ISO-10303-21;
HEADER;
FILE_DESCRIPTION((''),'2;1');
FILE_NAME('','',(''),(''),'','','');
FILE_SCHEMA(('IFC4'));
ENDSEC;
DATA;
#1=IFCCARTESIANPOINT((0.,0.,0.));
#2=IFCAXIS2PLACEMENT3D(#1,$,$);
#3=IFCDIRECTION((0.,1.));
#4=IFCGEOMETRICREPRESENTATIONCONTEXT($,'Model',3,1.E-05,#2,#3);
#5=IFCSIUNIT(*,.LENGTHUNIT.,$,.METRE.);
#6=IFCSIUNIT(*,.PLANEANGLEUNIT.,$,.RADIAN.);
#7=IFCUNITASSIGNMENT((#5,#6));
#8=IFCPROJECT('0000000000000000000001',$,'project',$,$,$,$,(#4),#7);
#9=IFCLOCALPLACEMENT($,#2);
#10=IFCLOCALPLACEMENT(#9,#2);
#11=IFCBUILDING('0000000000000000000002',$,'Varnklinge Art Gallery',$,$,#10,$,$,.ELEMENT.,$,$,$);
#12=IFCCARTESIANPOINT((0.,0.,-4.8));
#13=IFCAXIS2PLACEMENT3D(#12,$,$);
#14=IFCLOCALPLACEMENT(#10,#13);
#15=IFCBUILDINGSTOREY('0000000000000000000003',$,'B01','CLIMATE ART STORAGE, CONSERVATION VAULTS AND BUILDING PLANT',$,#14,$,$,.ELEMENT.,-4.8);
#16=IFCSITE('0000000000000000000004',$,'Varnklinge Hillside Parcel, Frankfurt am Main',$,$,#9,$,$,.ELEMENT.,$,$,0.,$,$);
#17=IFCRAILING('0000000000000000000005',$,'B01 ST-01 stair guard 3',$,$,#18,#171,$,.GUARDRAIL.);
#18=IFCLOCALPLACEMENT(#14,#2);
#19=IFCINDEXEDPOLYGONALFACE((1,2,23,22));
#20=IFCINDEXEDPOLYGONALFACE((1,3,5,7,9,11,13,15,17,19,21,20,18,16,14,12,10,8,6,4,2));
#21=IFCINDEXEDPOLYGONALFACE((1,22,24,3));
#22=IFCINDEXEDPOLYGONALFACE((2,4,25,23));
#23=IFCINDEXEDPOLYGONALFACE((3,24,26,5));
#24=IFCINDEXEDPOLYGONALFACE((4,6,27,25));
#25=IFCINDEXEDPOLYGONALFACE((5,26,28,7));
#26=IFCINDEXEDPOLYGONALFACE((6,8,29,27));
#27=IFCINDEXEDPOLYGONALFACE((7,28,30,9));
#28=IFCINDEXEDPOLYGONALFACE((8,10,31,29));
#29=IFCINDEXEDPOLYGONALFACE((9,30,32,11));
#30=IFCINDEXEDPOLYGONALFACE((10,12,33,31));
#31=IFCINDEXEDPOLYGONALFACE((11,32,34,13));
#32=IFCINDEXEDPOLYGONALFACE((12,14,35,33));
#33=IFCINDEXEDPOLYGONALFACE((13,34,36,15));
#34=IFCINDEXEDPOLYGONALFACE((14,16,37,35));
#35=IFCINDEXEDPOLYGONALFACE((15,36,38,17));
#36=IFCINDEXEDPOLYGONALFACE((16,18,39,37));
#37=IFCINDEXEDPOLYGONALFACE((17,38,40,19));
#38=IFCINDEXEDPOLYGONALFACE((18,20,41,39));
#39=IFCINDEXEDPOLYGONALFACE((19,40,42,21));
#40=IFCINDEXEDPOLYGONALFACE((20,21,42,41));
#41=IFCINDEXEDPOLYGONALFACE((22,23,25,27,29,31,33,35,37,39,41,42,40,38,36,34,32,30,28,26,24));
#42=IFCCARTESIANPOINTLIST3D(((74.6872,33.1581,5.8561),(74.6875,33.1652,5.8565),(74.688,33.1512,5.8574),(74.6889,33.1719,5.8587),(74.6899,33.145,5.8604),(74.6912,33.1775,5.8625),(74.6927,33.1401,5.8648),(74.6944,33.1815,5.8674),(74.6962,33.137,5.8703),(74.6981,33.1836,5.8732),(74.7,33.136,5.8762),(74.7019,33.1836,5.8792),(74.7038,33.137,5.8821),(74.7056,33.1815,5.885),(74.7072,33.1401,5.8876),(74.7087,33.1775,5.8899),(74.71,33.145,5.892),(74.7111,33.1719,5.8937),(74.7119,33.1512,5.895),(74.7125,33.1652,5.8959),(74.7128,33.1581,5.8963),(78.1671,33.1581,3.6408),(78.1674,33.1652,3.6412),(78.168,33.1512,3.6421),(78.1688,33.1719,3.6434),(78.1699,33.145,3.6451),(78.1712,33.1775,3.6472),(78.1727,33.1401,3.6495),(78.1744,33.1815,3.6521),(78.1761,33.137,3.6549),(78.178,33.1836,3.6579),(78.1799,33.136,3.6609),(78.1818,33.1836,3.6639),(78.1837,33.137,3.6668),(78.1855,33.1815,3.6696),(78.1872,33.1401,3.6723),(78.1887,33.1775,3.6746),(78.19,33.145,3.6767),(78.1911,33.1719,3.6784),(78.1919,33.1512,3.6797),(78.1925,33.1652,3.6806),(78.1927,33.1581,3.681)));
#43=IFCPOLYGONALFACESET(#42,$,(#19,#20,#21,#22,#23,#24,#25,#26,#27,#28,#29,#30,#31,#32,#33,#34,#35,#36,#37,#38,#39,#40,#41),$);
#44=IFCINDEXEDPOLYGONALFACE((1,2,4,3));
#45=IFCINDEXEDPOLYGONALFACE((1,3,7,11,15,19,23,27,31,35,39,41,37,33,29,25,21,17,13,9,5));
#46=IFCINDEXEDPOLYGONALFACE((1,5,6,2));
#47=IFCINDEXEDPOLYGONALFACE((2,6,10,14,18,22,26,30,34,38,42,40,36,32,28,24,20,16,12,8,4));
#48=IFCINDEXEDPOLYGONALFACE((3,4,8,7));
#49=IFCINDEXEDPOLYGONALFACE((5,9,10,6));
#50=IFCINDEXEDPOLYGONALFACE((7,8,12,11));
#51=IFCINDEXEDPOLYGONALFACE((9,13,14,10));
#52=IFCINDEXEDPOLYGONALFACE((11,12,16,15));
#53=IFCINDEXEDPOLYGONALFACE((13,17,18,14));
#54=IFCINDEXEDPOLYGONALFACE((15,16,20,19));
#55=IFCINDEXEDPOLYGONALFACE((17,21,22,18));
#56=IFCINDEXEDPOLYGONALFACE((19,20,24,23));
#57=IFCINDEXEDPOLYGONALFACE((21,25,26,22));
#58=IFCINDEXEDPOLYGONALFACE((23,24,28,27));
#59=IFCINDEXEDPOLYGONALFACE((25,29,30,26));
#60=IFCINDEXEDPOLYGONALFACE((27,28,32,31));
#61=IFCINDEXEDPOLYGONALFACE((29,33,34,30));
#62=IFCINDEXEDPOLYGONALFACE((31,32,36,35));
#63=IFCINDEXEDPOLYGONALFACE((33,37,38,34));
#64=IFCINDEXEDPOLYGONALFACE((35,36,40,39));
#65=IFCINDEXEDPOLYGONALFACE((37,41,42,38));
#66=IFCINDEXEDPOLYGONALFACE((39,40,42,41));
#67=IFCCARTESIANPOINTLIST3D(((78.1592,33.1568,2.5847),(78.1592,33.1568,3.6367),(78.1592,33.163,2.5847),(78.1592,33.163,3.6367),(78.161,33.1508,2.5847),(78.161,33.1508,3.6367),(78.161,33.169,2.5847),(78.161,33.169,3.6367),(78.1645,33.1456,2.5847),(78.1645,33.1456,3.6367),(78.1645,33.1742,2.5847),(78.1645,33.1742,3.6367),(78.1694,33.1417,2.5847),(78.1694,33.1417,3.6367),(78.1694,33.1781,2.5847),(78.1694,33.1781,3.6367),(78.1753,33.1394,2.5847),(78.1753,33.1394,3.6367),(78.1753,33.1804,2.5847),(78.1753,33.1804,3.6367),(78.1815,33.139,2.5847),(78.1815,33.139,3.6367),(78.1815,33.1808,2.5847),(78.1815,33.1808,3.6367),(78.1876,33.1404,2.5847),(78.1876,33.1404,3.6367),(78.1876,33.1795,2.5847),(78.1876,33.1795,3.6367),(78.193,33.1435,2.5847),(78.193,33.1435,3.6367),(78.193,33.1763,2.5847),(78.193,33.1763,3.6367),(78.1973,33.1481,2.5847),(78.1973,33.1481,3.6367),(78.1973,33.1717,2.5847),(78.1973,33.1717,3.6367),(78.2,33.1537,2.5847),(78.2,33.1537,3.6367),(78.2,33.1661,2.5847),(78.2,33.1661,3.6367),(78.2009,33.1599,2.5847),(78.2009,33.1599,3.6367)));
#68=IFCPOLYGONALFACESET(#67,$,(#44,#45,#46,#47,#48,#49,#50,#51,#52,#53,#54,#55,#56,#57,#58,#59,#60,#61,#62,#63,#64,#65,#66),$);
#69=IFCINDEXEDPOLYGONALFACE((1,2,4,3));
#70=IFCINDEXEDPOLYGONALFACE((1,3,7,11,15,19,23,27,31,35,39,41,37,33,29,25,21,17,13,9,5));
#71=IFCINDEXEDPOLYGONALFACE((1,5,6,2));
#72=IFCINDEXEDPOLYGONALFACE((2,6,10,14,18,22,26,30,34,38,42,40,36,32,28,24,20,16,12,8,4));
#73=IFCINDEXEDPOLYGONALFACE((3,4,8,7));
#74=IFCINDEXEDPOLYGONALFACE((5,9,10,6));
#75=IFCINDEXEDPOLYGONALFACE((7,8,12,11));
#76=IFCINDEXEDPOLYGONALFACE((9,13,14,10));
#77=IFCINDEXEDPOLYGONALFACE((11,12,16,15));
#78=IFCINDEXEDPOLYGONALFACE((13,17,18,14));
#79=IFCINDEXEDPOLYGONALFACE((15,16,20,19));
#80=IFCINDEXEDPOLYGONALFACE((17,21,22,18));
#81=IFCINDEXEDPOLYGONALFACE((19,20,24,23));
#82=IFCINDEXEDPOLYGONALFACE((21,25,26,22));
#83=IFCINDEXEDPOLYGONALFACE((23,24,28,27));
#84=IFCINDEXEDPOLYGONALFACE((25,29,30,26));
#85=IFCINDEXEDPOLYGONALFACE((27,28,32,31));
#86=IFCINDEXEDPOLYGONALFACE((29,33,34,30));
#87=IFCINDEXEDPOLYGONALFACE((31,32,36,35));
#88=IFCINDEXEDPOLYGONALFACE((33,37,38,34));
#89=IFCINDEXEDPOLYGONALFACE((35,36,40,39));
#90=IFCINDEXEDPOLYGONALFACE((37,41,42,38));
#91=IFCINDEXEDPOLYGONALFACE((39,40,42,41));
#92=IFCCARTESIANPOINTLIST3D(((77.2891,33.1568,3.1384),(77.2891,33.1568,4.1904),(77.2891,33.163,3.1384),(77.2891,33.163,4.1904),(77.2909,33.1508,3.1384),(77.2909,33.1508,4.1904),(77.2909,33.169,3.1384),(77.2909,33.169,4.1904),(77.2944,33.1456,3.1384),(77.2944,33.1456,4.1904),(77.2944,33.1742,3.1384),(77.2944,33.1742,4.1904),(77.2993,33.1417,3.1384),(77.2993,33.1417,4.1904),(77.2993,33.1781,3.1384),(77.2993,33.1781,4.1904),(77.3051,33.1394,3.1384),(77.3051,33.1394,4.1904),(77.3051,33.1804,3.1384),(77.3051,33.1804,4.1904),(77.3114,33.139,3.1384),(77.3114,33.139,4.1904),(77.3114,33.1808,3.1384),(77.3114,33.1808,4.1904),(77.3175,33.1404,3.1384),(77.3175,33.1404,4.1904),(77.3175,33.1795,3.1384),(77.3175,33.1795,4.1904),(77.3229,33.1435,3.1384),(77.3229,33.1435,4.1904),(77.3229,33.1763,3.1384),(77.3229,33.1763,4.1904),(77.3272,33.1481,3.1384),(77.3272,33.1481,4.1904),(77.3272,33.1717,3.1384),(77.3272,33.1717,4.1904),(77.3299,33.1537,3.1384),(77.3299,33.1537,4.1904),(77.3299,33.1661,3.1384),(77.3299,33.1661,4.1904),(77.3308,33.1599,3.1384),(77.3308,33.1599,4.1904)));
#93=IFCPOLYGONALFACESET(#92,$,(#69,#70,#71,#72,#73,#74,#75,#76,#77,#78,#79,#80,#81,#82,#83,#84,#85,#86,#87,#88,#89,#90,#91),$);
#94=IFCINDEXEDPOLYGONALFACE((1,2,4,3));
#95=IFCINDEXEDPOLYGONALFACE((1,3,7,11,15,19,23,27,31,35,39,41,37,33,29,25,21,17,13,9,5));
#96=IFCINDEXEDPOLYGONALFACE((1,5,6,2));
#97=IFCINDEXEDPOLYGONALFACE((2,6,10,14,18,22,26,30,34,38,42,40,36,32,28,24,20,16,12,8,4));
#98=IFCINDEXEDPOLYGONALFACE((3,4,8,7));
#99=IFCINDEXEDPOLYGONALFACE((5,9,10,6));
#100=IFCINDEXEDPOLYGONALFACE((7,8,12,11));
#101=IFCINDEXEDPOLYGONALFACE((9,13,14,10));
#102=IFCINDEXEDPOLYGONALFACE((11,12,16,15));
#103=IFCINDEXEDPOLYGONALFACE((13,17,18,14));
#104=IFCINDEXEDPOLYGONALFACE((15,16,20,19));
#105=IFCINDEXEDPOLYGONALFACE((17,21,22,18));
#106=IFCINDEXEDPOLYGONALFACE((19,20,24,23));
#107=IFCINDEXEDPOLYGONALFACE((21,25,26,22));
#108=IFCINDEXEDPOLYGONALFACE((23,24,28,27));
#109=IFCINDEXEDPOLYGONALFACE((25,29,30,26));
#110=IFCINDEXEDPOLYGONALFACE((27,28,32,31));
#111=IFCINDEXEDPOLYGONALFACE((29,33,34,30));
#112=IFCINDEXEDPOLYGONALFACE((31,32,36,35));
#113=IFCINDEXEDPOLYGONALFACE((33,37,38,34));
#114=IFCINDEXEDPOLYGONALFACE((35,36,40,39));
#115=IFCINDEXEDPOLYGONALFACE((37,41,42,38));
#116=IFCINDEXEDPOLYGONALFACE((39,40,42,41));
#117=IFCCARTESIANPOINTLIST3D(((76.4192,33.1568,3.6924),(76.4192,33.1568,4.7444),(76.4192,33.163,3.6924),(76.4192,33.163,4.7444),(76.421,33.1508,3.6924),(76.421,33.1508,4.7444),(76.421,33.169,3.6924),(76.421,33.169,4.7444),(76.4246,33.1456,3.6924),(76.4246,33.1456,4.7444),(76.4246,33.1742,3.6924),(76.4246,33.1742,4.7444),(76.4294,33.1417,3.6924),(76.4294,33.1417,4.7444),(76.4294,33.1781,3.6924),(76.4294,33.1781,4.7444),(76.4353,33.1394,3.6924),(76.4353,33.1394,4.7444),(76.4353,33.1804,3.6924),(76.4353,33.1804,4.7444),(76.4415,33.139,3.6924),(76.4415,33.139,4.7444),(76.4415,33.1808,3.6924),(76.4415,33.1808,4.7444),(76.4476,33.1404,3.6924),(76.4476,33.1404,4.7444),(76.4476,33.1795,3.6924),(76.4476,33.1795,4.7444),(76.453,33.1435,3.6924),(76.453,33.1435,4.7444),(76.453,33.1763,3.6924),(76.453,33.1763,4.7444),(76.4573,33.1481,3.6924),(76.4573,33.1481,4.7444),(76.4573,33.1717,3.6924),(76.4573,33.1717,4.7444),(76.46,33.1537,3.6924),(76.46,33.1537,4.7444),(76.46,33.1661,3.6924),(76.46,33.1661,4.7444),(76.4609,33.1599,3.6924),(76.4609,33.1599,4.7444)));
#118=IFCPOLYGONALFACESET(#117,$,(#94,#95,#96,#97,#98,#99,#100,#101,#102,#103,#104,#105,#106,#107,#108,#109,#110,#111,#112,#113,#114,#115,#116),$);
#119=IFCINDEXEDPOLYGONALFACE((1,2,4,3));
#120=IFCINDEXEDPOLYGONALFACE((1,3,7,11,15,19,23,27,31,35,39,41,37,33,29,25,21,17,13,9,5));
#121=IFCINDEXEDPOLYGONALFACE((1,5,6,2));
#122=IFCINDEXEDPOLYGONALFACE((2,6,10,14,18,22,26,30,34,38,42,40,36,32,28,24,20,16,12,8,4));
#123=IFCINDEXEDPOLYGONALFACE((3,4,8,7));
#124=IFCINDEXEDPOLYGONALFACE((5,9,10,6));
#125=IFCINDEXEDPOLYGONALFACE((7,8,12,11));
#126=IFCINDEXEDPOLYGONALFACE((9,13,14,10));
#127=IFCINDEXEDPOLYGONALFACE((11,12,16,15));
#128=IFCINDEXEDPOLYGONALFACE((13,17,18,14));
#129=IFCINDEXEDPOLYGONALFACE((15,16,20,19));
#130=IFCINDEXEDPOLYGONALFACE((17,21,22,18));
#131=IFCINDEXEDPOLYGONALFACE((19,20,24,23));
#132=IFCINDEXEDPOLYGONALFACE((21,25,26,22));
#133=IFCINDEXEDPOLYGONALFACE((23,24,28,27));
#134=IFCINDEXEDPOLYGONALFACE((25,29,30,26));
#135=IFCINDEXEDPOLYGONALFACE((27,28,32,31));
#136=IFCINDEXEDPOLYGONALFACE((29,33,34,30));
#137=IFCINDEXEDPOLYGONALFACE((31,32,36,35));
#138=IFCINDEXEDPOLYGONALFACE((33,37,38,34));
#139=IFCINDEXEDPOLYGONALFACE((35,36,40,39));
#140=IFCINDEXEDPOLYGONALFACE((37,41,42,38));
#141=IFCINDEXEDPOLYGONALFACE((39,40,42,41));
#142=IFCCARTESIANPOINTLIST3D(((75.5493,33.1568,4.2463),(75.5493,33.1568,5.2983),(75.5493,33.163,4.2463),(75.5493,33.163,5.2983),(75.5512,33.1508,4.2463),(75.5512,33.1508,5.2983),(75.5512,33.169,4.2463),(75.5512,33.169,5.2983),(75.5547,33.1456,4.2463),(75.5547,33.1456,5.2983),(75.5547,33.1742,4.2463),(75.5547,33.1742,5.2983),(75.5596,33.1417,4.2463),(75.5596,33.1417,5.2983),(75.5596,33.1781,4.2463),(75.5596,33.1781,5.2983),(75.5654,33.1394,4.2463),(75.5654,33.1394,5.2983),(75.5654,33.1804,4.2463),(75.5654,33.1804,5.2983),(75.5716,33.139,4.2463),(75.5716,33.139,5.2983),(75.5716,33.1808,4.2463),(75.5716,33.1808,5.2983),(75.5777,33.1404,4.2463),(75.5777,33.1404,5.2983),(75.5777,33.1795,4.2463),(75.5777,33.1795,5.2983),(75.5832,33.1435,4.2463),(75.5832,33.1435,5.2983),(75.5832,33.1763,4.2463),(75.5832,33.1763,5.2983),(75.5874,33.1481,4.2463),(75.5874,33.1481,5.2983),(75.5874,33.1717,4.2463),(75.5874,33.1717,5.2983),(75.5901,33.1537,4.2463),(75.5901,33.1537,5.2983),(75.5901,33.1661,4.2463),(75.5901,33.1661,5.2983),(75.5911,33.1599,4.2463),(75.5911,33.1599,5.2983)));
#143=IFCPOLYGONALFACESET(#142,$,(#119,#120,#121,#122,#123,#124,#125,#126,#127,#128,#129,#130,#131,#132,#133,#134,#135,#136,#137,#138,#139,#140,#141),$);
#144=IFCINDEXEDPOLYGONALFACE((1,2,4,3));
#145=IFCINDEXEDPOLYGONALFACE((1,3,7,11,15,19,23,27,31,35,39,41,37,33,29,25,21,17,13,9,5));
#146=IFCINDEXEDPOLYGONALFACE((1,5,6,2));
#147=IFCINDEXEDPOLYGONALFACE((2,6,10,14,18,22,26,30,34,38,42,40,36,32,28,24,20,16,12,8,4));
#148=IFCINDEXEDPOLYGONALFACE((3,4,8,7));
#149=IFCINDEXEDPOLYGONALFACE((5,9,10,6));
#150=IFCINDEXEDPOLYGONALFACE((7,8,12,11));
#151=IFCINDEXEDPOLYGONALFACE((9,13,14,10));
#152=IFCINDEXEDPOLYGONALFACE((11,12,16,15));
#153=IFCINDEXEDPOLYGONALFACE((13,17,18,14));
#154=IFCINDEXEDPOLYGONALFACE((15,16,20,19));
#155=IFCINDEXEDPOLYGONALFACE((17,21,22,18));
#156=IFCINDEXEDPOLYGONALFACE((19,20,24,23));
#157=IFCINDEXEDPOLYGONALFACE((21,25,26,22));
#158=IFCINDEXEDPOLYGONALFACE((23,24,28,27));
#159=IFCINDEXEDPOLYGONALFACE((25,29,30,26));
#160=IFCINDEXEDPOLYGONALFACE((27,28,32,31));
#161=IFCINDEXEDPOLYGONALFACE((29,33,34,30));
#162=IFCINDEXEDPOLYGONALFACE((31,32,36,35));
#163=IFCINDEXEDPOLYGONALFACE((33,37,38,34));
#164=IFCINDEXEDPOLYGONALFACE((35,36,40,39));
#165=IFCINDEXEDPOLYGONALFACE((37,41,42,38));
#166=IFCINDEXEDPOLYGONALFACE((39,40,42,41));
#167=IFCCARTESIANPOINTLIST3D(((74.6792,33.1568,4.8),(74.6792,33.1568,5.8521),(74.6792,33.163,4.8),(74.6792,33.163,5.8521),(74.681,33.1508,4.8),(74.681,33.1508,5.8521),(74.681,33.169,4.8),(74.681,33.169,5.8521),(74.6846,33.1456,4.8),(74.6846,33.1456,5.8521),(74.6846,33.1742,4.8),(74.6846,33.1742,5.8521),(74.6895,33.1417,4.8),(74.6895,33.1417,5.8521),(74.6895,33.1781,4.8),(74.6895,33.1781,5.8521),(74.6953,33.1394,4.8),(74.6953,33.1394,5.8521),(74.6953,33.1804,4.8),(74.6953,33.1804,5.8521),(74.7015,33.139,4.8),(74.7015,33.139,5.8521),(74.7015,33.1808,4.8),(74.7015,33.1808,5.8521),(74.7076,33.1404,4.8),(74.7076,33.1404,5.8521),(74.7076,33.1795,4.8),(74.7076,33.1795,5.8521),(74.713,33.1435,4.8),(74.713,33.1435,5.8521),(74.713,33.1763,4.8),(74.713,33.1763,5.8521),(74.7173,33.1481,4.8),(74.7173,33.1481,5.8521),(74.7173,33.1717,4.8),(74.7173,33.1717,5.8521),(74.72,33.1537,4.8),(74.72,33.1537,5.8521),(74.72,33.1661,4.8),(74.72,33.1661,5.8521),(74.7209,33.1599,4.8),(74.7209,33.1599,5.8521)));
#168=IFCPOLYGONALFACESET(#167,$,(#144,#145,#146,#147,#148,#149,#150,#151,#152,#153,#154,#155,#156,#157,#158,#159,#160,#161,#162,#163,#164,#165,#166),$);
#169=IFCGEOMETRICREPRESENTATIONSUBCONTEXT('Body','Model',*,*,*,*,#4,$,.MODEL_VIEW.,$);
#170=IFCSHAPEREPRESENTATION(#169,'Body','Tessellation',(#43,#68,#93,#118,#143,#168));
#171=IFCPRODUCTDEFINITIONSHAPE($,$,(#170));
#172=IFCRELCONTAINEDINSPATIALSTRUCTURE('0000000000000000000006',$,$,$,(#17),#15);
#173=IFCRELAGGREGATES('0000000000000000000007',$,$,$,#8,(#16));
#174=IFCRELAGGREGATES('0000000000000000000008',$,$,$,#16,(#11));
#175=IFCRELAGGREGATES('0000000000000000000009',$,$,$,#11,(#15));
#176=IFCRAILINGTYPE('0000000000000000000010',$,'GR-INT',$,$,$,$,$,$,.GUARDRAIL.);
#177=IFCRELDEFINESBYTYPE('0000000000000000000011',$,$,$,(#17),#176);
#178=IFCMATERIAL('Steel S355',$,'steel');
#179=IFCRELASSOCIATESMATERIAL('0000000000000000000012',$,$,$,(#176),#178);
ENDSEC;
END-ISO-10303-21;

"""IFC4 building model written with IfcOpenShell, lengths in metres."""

from ifc_helpers import new_model, si_unit, direction, frame, origin, origin_2d, place, context, subcontext, project, spatial, circle, extrude, material, type_object, element, save


model = new_model("IFC4")

# Units and contexts
model_context = context("Model", 3, precision=1e-05, world=origin(), true_north=direction((0.0, 1.0)))
body_context = subcontext(model_context, "Body", "Model", "MODEL_VIEW")
ifc_project = project(units=[si_unit("LENGTHUNIT", "METRE"), si_unit("PLANEANGLEUNIT", "RADIAN")], contexts=[model_context])

# Site, building, storey
site_placement = place(None, origin())
site = spatial("IfcSite", under=ifc_project, at=site_placement, Name="Varnklinge Hillside Parcel, Frankfurt am Main", CompositionType="ELEMENT", RefElevation=0.0)
building_placement = place(site_placement, origin())
building = spatial("IfcBuilding", under=site, at=building_placement, Name="Varnklinge Art Gallery", CompositionType="ELEMENT")
storey_placement = place(building_placement, frame((0.0, 0.0, -4.8)))
storey = spatial("IfcBuildingStorey", under=building, at=storey_placement, Name="B01", Description="CLIMATE ART STORAGE, CONSERVATION VAULTS AND BUILDING PLANT", CompositionType="ELEMENT", Elevation=-4.8)

# Railing
ifc_material_1 = material(Name="Steel S355", Category="steel")
railing_type_1 = type_object("IfcRailingType", Name="GR-INT", PredefinedType="GUARDRAIL", material=ifc_material_1)
railing_1_placement = place(storey_placement, frame((78.1799, 33.1599, 2.5847)))
element("IfcRailing", 1, at=railing_1_placement, inside=storey, type_object=railing_type_1, Name="B01 ST-01 stair guard 3", PredefinedType="GUARDRAIL", context=body_context, shape_type="SweptSolid", body=[
    extrude(circle(Radius=0.0239, at=origin_2d()), frame((0.0, 0.0, 1.0762), z_axis=(-0.843574, 0.0, 0.537013), x_axis=(0.0, -1.0, 0.0)), (0.0, 0.0, 1.0), 4.1252),
    extrude(circle(Radius=0.021, at=origin_2d()), origin(), (0.0, 0.0, 1.0), 1.052),
    extrude(circle(Radius=0.021, at=origin_2d()), frame((-0.8701, 0.0, 0.5537)), (0.0, 0.0, 1.0), 1.052),
    extrude(circle(Radius=0.021, at=origin_2d()), frame((-1.74, 0.0, 1.1077)), (0.0, 0.0, 1.0), 1.052),
    extrude(circle(Radius=0.021, at=origin_2d()), frame((-2.6099, 0.0, 1.6616)), (0.0, 0.0, 1.0), 1.052),
    extrude(circle(Radius=0.021, at=origin_2d()), frame((-3.48, 0.0, 2.2153)), (0.0, 0.0, 1.0), 1.052),
])

save(model, "model.ifc")
